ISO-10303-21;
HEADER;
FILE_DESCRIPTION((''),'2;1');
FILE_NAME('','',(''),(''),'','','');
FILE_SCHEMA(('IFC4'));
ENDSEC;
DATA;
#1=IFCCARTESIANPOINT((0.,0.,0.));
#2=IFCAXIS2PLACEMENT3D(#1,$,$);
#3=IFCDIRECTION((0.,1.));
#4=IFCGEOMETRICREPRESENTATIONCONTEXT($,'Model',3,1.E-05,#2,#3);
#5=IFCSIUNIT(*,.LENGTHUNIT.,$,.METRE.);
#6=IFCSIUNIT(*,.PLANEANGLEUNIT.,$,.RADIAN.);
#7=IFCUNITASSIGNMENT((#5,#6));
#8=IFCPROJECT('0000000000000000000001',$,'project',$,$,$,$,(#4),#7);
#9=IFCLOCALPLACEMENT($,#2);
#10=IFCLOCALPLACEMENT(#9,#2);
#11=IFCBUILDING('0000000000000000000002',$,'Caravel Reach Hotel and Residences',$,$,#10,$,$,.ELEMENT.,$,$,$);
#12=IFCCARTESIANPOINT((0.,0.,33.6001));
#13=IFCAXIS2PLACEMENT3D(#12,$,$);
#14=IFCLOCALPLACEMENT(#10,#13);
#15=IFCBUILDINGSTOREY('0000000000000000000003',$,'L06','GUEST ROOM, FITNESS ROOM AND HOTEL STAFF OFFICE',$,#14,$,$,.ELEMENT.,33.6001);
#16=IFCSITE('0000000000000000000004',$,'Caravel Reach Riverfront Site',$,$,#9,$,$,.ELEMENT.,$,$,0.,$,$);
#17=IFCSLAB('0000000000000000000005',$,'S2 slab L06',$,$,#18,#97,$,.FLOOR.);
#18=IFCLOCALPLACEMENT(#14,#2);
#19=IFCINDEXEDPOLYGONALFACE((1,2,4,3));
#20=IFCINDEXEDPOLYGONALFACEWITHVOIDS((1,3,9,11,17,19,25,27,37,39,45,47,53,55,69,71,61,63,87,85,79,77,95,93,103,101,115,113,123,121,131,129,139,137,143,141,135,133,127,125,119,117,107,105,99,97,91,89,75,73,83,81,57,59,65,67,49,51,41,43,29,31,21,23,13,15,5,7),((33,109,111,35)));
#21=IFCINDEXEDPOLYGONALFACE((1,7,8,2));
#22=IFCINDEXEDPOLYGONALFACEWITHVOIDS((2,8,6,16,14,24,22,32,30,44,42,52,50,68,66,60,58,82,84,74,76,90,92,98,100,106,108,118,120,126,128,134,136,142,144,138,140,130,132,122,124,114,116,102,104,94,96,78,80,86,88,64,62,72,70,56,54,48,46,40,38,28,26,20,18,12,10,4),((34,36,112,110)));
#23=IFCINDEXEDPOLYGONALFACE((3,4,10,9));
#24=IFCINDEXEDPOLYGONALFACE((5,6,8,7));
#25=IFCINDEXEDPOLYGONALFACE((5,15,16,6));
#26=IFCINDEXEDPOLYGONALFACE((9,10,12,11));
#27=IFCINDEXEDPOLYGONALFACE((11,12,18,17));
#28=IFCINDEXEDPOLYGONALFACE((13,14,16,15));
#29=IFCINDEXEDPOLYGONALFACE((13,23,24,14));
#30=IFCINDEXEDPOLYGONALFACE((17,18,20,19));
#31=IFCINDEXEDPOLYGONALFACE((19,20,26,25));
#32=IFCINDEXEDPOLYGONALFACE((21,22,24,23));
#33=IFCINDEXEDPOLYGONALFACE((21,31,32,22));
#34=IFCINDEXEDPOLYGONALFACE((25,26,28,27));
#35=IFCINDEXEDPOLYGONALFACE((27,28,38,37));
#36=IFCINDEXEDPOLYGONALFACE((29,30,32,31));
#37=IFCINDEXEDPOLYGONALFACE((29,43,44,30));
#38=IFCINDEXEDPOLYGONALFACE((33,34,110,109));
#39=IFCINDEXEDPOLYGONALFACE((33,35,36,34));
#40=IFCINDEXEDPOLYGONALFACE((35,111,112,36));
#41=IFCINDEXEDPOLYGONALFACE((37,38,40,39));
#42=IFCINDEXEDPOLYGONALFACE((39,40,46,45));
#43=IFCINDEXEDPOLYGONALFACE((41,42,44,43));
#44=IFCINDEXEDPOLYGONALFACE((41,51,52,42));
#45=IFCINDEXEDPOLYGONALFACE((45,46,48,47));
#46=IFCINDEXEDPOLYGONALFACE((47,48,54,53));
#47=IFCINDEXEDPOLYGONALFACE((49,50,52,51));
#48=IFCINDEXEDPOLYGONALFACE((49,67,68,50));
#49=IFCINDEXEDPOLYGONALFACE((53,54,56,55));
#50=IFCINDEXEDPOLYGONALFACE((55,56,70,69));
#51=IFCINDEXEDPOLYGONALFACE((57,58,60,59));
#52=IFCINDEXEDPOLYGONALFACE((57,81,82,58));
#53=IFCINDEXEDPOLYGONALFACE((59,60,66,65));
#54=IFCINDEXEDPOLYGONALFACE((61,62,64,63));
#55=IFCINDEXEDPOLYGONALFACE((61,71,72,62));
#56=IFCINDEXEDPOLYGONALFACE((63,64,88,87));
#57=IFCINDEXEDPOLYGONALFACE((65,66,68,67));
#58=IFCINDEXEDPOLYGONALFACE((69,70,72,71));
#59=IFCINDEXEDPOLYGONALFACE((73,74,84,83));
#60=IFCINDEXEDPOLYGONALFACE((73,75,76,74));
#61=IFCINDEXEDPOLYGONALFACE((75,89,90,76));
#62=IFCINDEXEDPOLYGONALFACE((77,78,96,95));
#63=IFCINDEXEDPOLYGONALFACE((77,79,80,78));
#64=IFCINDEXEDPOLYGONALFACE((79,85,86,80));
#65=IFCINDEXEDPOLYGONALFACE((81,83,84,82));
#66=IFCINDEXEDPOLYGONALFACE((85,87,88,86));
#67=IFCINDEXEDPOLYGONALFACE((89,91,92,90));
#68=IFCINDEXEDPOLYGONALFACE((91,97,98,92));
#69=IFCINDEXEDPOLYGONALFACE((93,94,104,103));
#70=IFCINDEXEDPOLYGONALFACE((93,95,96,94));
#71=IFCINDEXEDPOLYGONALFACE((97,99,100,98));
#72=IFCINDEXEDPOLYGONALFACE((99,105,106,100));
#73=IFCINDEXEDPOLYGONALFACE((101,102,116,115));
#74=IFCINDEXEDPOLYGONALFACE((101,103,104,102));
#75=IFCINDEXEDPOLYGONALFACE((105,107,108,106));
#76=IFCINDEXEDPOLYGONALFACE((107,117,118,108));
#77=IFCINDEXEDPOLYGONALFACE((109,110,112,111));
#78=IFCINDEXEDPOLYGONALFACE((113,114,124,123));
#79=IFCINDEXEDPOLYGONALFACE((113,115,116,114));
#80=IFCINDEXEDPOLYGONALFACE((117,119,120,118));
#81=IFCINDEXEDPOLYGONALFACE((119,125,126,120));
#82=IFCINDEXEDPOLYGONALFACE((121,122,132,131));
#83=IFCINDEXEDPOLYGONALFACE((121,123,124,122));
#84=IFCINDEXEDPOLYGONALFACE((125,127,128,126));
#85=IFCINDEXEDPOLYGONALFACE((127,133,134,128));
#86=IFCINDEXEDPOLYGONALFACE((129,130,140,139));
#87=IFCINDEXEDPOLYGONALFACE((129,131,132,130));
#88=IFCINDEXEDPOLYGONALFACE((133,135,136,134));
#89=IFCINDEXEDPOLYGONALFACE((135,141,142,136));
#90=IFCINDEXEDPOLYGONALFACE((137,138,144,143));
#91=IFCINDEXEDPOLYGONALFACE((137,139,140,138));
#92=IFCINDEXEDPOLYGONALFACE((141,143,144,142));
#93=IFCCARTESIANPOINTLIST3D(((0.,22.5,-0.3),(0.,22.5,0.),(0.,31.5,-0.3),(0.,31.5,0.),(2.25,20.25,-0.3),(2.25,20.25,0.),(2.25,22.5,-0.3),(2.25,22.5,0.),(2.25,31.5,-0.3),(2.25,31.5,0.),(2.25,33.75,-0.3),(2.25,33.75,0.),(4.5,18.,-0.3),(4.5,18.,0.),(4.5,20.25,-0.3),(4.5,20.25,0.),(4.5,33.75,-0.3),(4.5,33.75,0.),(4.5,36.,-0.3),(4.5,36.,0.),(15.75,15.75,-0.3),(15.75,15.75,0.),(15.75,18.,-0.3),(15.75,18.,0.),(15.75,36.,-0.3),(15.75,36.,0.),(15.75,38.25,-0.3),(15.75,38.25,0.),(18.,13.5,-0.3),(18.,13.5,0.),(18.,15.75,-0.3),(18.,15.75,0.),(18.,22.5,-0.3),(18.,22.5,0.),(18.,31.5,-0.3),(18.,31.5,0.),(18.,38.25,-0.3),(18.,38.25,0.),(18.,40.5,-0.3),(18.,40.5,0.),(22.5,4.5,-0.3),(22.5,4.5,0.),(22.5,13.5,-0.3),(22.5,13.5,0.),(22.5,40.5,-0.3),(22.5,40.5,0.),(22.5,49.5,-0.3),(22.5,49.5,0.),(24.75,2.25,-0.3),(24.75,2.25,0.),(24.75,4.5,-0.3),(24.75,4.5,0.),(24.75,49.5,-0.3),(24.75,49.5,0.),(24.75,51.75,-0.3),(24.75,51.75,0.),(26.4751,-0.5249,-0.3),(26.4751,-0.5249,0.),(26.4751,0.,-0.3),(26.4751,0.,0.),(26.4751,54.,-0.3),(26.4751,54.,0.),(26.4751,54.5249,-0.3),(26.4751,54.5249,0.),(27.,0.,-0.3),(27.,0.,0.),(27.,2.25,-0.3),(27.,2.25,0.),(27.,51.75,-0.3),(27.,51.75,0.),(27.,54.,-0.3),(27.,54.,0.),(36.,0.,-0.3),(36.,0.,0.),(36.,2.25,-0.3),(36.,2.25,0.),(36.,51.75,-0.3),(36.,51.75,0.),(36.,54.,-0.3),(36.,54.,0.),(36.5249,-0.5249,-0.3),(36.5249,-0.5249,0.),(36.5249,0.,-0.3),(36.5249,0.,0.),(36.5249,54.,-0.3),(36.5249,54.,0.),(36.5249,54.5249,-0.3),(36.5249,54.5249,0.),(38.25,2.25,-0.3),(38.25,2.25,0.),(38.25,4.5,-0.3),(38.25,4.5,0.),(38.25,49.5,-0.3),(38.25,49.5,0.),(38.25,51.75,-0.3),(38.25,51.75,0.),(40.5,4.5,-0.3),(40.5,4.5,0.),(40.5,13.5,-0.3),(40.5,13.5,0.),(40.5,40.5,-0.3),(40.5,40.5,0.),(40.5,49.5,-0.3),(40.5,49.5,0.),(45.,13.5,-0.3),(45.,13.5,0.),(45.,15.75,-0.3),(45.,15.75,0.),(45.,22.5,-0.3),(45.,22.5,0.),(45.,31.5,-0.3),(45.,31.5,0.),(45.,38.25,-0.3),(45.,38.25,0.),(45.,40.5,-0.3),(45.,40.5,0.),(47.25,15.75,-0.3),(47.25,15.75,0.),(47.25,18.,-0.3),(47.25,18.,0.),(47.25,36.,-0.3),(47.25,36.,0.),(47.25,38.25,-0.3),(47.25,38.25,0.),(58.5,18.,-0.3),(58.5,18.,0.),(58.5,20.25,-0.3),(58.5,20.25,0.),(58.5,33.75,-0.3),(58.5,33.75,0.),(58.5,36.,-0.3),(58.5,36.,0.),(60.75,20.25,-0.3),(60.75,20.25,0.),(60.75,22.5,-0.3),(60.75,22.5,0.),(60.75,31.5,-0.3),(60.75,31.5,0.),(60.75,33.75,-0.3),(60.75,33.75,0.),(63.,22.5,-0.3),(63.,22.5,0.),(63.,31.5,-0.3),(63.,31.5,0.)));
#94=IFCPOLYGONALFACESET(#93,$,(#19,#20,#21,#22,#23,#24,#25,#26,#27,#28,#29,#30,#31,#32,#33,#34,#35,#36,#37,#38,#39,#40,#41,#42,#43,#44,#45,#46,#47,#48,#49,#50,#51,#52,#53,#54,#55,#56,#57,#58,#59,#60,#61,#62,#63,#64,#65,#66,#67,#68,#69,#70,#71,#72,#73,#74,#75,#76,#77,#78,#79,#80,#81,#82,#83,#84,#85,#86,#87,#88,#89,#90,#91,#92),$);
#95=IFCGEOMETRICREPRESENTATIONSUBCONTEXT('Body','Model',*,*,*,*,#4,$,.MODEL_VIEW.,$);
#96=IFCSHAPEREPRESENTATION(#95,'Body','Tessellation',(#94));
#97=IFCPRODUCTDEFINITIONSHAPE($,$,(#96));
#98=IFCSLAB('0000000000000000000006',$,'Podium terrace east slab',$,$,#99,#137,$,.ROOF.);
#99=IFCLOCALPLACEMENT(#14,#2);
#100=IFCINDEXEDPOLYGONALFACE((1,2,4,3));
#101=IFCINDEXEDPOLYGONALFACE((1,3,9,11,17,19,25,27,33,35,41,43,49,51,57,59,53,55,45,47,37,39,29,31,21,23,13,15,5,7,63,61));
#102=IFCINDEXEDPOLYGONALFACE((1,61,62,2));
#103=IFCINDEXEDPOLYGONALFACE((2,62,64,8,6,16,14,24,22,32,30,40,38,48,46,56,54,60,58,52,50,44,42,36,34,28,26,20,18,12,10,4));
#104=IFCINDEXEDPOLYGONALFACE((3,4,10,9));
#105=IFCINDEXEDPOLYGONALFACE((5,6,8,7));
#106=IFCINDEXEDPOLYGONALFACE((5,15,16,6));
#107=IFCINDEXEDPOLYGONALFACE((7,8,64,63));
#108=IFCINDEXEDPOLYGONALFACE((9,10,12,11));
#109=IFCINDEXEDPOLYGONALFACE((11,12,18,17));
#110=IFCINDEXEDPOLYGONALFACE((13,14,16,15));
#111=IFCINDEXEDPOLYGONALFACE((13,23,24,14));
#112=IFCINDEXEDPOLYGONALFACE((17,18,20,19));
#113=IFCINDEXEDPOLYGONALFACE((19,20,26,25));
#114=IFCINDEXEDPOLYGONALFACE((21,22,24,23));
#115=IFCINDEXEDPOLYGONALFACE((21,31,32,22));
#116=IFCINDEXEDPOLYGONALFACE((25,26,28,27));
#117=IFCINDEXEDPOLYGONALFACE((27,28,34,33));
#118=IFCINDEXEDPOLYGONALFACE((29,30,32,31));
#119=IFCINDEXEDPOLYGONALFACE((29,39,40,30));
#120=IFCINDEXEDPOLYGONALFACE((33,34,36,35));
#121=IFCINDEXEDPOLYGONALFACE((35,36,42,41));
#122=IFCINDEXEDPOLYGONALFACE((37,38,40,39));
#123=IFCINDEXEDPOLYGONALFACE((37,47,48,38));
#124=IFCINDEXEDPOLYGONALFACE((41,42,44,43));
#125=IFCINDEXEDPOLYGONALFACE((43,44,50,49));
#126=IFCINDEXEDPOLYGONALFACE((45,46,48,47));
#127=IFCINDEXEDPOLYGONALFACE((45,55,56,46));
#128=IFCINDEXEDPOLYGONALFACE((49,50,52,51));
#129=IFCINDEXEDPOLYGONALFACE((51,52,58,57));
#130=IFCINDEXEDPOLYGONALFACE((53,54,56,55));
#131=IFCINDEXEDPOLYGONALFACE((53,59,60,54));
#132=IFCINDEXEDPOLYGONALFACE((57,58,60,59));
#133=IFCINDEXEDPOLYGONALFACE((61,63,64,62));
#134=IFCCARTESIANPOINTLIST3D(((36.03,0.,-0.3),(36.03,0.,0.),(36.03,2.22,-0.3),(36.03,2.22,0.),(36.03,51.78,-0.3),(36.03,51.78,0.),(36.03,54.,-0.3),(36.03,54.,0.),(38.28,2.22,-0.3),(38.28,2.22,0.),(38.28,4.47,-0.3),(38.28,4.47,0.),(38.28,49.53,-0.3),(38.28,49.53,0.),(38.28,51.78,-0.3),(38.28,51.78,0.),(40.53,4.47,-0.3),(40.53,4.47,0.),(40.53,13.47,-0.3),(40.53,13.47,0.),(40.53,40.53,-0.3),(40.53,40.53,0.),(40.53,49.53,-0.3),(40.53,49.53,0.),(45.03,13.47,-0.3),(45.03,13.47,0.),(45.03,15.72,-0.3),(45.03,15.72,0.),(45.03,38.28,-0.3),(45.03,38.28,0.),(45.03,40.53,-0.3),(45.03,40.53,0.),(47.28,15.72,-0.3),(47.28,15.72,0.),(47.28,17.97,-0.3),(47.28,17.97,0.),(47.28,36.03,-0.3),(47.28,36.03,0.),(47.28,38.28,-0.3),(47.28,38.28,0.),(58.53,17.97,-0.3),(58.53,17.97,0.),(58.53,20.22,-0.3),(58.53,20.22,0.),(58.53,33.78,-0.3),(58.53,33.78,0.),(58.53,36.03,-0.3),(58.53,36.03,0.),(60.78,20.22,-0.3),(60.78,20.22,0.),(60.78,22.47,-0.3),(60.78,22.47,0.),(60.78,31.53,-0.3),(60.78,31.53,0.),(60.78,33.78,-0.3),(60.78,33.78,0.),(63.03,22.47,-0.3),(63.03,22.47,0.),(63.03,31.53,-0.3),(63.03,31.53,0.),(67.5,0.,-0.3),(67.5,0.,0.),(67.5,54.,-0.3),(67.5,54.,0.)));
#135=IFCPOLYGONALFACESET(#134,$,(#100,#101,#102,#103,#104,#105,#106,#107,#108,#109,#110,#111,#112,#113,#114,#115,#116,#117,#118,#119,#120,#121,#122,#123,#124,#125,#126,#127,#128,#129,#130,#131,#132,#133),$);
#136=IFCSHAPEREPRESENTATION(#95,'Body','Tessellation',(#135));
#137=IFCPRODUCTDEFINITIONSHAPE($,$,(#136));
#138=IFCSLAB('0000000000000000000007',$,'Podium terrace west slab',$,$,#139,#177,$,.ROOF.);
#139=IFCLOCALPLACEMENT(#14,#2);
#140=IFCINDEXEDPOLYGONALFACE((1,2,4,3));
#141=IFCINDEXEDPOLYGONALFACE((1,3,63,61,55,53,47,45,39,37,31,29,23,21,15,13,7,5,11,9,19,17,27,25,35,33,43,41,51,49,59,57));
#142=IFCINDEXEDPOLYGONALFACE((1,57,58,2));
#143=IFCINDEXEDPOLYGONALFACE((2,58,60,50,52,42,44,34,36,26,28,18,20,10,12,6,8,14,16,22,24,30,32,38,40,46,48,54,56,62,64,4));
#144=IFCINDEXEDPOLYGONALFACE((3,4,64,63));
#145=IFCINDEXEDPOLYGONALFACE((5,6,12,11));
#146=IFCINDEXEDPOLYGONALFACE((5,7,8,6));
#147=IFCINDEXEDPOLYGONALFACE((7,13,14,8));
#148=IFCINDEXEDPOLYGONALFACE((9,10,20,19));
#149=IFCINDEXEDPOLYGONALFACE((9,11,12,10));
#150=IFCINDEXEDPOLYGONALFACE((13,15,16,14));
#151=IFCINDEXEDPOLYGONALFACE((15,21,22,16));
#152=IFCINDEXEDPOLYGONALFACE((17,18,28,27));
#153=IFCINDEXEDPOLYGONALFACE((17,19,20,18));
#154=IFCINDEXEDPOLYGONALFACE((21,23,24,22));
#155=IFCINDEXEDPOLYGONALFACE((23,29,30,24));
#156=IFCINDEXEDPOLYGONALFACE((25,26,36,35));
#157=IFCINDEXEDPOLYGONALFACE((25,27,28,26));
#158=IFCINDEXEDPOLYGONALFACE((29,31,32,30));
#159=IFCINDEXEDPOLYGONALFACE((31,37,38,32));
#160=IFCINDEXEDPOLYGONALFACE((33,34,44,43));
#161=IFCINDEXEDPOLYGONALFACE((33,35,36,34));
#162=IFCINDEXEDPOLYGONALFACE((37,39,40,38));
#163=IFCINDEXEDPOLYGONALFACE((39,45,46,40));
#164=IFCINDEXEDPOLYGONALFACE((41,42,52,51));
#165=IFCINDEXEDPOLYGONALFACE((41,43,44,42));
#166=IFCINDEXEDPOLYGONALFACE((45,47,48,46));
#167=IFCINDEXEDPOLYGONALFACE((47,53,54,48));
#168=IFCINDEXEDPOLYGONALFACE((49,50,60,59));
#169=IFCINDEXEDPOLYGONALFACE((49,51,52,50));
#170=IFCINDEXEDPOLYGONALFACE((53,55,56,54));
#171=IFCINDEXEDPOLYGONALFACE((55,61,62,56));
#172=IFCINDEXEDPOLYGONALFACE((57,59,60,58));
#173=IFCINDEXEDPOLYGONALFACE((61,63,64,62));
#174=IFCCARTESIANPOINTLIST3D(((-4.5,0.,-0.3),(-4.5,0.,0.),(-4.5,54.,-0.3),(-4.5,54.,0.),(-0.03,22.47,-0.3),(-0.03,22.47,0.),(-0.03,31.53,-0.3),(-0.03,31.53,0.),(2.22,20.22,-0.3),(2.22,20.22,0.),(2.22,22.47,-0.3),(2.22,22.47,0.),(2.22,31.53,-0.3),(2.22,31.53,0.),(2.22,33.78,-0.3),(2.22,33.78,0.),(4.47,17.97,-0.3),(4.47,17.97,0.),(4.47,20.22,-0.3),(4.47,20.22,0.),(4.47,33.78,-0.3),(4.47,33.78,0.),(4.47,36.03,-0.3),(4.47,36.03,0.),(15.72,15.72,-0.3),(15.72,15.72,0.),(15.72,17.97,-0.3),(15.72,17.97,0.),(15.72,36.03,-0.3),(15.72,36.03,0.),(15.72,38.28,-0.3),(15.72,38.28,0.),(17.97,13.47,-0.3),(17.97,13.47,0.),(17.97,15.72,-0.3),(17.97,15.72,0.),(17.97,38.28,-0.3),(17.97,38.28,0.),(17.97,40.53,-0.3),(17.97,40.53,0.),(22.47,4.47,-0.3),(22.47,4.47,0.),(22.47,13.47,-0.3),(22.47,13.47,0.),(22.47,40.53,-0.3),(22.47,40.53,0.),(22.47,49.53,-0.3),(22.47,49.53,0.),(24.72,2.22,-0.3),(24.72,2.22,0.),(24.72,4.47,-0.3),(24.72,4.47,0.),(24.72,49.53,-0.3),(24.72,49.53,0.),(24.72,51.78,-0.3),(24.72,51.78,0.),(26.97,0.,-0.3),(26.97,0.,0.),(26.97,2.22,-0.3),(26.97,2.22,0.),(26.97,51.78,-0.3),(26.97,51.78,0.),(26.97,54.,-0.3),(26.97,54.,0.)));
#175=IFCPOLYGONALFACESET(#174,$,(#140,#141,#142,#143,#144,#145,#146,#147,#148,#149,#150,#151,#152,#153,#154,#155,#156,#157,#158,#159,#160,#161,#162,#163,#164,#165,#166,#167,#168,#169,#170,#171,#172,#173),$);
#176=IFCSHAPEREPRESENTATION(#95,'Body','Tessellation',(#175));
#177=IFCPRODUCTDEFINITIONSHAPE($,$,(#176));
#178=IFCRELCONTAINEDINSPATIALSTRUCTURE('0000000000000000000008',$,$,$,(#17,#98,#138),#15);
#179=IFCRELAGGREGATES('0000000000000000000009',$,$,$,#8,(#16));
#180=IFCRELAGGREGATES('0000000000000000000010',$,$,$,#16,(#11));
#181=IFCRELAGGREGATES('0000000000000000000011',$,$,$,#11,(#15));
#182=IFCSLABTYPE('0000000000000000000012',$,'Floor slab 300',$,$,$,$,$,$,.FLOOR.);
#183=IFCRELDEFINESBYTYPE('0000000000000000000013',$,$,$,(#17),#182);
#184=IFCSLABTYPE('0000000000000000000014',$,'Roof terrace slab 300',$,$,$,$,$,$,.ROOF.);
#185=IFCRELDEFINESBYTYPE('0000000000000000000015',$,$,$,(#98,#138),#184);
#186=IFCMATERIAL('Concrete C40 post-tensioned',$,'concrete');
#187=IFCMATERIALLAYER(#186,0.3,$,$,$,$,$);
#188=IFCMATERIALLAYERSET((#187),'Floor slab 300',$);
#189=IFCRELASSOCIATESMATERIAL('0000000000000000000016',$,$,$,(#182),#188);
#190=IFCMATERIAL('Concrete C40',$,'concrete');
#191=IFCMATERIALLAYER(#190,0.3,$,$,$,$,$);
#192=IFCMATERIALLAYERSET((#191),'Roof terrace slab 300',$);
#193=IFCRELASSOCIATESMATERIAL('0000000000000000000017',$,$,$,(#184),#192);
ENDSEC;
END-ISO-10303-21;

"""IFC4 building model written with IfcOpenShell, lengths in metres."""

from ifc_helpers import new_model, si_unit, direction, frame, origin, place, context, subcontext, project, spatial, polyline, outline, extrude, material, layer, layer_set, type_object, element, save


model = new_model("IFC4")

# Units and contexts
model_context = context("Model", 3, precision=1e-05, world=origin(), true_north=direction((0.0, 1.0)))
body_context = subcontext(model_context, "Body", "Model", "MODEL_VIEW")
ifc_project = project(units=[si_unit("LENGTHUNIT", "METRE"), si_unit("PLANEANGLEUNIT", "RADIAN")], contexts=[model_context])

# Site, building, storey
site_placement = place(None, origin())
site = spatial("IfcSite", under=ifc_project, at=site_placement, Name="Caravel Reach Riverfront Site", CompositionType="ELEMENT", RefElevation=0.0)
building_placement = place(site_placement, origin())
building = spatial("IfcBuilding", under=site, at=building_placement, Name="Caravel Reach Hotel and Residences", CompositionType="ELEMENT")
storey_placement = place(building_placement, frame((0.0, 0.0, 33.6001)))
storey = spatial("IfcBuildingStorey", under=building, at=storey_placement, Name="L06", Description="GUEST ROOM, FITNESS ROOM AND HOTEL STAFF OFFICE", CompositionType="ELEMENT", Elevation=33.6001)

# Slabs
ifc_material_1 = material(Name="Concrete C40 post-tensioned", Category="concrete")
ifc_layer_1 = layer(ifc_material_1, 0.3)
ifc_layer_set_1 = layer_set([ifc_layer_1], Name="Floor slab 300")
slab_type_1 = type_object("IfcSlabType", Name="Floor slab 300", PredefinedType="FLOOR", material=ifc_layer_set_1)
slab_1_placement = place(storey_placement, frame((0.0, 0.0, -0.3)))
element("IfcSlab", 1, at=slab_1_placement, inside=storey, type_object=slab_type_1, Name="S2 slab L06", PredefinedType="FLOOR", context=body_context, shape_type="SweptSolid", body=[
    extrude(outline(polyline([(22.5, 13.5), (18.0, 13.5), (18.0, 15.75), (15.75, 15.75), (15.75, 18.0), (4.5, 18.0), (4.5, 20.25), (2.25, 20.25), (2.25, 22.5), (0.0, 22.5), (0.0, 31.5), (2.25, 31.5), (2.25, 33.75), (4.5, 33.75), (4.5, 36.0), (15.75, 36.0), (15.75, 38.25), (18.0, 38.25), (18.0, 40.5), (22.5, 40.5), (22.5, 49.5), (24.75, 49.5), (24.75, 51.75), (27.0, 51.75), (27.0, 54.0), (26.4751, 54.0), (26.4751, 54.5249), (36.5249, 54.5249), (36.5249, 54.0), (36.0, 54.0), (36.0, 51.75), (38.25, 51.75), (38.25, 49.5), (40.5, 49.5), (40.5, 40.5), (45.0, 40.5), (45.0, 38.25), (47.25, 38.25), (47.25, 36.0), (58.5, 36.0), (58.5, 33.75), (60.75, 33.75), (60.75, 31.5), (63.0, 31.5), (63.0, 22.5), (60.75, 22.5), (60.75, 20.25), (58.5, 20.25), (58.5, 18.0), (47.25, 18.0), (47.25, 15.75), (45.0, 15.75), (45.0, 13.5), (40.5, 13.5), (40.5, 4.5), (38.25, 4.5), (38.25, 2.25), (36.0, 2.25), (36.0, 0.0), (36.5249, 0.0), (36.5249, -0.5249), (26.4751, -0.5249), (26.4751, 0.0), (27.0, 0.0), (27.0, 2.25), (24.75, 2.25), (24.75, 4.5), (22.5, 4.5), (22.5, 13.5)]), holes=[polyline([(45.0, 31.5), (18.0, 31.5), (18.0, 22.5), (45.0, 22.5), (45.0, 31.5)])]), origin(), (0.0, 0.0, 1.0), 0.3),
])
ifc_material_2 = material(Name="Concrete C40", Category="concrete")
ifc_layer_2 = layer(ifc_material_2, 0.3)
ifc_layer_set_2 = layer_set([ifc_layer_2], Name="Roof terrace slab 300")
slab_type_2 = type_object("IfcSlabType", Name="Roof terrace slab 300", PredefinedType="ROOF", material=ifc_layer_set_2)
slab_2_placement = place(storey_placement, frame((0.0, 0.0, -0.3)))
element("IfcSlab", 2, at=slab_2_placement, inside=storey, type_object=slab_type_2, Name="Podium terrace east slab", PredefinedType="ROOF", context=body_context, shape_type="SweptSolid", body=[
    extrude(outline(polyline([(67.5, 0.0), (36.03, 0.0), (36.03, 2.22), (38.28, 2.22), (38.28, 4.47), (40.53, 4.47), (40.53, 13.47), (45.03, 13.47), (45.03, 15.72), (47.28, 15.72), (47.28, 17.97), (58.53, 17.97), (58.53, 20.22), (60.78, 20.22), (60.78, 22.47), (63.03, 22.47), (63.03, 31.53), (60.78, 31.53), (60.78, 33.78), (58.53, 33.78), (58.53, 36.03), (47.28, 36.03), (47.28, 38.28), (45.03, 38.28), (45.03, 40.53), (40.53, 40.53), (40.53, 49.53), (38.28, 49.53), (38.28, 51.78), (36.03, 51.78), (36.03, 54.0), (67.5, 54.0), (67.5, 0.0)])), origin(), (0.0, 0.0, 1.0), 0.3),
])
slab_3_placement = place(storey_placement, frame((0.0, 0.0, -0.3)))
element("IfcSlab", 3, at=slab_3_placement, inside=storey, type_object=slab_type_2, Name="Podium terrace west slab", PredefinedType="ROOF", context=body_context, shape_type="SweptSolid", body=[
    extrude(outline(polyline([(-4.5, 54.0), (26.97, 54.0), (26.97, 51.78), (24.72, 51.78), (24.72, 49.53), (22.47, 49.53), (22.47, 40.53), (17.97, 40.53), (17.97, 38.28), (15.72, 38.28), (15.72, 36.03), (4.47, 36.03), (4.47, 33.78), (2.22, 33.78), (2.22, 31.53), (-0.03, 31.53), (-0.03, 22.47), (2.22, 22.47), (2.22, 20.22), (4.47, 20.22), (4.47, 17.97), (15.72, 17.97), (15.72, 15.72), (17.97, 15.72), (17.97, 13.47), (22.47, 13.47), (22.47, 4.47), (24.72, 4.47), (24.72, 2.22), (26.97, 2.22), (26.97, 0.0), (-4.5, 0.0), (-4.5, 54.0)])), origin(), (0.0, 0.0, 1.0), 0.3),
])

save(model, "model.ifc")
